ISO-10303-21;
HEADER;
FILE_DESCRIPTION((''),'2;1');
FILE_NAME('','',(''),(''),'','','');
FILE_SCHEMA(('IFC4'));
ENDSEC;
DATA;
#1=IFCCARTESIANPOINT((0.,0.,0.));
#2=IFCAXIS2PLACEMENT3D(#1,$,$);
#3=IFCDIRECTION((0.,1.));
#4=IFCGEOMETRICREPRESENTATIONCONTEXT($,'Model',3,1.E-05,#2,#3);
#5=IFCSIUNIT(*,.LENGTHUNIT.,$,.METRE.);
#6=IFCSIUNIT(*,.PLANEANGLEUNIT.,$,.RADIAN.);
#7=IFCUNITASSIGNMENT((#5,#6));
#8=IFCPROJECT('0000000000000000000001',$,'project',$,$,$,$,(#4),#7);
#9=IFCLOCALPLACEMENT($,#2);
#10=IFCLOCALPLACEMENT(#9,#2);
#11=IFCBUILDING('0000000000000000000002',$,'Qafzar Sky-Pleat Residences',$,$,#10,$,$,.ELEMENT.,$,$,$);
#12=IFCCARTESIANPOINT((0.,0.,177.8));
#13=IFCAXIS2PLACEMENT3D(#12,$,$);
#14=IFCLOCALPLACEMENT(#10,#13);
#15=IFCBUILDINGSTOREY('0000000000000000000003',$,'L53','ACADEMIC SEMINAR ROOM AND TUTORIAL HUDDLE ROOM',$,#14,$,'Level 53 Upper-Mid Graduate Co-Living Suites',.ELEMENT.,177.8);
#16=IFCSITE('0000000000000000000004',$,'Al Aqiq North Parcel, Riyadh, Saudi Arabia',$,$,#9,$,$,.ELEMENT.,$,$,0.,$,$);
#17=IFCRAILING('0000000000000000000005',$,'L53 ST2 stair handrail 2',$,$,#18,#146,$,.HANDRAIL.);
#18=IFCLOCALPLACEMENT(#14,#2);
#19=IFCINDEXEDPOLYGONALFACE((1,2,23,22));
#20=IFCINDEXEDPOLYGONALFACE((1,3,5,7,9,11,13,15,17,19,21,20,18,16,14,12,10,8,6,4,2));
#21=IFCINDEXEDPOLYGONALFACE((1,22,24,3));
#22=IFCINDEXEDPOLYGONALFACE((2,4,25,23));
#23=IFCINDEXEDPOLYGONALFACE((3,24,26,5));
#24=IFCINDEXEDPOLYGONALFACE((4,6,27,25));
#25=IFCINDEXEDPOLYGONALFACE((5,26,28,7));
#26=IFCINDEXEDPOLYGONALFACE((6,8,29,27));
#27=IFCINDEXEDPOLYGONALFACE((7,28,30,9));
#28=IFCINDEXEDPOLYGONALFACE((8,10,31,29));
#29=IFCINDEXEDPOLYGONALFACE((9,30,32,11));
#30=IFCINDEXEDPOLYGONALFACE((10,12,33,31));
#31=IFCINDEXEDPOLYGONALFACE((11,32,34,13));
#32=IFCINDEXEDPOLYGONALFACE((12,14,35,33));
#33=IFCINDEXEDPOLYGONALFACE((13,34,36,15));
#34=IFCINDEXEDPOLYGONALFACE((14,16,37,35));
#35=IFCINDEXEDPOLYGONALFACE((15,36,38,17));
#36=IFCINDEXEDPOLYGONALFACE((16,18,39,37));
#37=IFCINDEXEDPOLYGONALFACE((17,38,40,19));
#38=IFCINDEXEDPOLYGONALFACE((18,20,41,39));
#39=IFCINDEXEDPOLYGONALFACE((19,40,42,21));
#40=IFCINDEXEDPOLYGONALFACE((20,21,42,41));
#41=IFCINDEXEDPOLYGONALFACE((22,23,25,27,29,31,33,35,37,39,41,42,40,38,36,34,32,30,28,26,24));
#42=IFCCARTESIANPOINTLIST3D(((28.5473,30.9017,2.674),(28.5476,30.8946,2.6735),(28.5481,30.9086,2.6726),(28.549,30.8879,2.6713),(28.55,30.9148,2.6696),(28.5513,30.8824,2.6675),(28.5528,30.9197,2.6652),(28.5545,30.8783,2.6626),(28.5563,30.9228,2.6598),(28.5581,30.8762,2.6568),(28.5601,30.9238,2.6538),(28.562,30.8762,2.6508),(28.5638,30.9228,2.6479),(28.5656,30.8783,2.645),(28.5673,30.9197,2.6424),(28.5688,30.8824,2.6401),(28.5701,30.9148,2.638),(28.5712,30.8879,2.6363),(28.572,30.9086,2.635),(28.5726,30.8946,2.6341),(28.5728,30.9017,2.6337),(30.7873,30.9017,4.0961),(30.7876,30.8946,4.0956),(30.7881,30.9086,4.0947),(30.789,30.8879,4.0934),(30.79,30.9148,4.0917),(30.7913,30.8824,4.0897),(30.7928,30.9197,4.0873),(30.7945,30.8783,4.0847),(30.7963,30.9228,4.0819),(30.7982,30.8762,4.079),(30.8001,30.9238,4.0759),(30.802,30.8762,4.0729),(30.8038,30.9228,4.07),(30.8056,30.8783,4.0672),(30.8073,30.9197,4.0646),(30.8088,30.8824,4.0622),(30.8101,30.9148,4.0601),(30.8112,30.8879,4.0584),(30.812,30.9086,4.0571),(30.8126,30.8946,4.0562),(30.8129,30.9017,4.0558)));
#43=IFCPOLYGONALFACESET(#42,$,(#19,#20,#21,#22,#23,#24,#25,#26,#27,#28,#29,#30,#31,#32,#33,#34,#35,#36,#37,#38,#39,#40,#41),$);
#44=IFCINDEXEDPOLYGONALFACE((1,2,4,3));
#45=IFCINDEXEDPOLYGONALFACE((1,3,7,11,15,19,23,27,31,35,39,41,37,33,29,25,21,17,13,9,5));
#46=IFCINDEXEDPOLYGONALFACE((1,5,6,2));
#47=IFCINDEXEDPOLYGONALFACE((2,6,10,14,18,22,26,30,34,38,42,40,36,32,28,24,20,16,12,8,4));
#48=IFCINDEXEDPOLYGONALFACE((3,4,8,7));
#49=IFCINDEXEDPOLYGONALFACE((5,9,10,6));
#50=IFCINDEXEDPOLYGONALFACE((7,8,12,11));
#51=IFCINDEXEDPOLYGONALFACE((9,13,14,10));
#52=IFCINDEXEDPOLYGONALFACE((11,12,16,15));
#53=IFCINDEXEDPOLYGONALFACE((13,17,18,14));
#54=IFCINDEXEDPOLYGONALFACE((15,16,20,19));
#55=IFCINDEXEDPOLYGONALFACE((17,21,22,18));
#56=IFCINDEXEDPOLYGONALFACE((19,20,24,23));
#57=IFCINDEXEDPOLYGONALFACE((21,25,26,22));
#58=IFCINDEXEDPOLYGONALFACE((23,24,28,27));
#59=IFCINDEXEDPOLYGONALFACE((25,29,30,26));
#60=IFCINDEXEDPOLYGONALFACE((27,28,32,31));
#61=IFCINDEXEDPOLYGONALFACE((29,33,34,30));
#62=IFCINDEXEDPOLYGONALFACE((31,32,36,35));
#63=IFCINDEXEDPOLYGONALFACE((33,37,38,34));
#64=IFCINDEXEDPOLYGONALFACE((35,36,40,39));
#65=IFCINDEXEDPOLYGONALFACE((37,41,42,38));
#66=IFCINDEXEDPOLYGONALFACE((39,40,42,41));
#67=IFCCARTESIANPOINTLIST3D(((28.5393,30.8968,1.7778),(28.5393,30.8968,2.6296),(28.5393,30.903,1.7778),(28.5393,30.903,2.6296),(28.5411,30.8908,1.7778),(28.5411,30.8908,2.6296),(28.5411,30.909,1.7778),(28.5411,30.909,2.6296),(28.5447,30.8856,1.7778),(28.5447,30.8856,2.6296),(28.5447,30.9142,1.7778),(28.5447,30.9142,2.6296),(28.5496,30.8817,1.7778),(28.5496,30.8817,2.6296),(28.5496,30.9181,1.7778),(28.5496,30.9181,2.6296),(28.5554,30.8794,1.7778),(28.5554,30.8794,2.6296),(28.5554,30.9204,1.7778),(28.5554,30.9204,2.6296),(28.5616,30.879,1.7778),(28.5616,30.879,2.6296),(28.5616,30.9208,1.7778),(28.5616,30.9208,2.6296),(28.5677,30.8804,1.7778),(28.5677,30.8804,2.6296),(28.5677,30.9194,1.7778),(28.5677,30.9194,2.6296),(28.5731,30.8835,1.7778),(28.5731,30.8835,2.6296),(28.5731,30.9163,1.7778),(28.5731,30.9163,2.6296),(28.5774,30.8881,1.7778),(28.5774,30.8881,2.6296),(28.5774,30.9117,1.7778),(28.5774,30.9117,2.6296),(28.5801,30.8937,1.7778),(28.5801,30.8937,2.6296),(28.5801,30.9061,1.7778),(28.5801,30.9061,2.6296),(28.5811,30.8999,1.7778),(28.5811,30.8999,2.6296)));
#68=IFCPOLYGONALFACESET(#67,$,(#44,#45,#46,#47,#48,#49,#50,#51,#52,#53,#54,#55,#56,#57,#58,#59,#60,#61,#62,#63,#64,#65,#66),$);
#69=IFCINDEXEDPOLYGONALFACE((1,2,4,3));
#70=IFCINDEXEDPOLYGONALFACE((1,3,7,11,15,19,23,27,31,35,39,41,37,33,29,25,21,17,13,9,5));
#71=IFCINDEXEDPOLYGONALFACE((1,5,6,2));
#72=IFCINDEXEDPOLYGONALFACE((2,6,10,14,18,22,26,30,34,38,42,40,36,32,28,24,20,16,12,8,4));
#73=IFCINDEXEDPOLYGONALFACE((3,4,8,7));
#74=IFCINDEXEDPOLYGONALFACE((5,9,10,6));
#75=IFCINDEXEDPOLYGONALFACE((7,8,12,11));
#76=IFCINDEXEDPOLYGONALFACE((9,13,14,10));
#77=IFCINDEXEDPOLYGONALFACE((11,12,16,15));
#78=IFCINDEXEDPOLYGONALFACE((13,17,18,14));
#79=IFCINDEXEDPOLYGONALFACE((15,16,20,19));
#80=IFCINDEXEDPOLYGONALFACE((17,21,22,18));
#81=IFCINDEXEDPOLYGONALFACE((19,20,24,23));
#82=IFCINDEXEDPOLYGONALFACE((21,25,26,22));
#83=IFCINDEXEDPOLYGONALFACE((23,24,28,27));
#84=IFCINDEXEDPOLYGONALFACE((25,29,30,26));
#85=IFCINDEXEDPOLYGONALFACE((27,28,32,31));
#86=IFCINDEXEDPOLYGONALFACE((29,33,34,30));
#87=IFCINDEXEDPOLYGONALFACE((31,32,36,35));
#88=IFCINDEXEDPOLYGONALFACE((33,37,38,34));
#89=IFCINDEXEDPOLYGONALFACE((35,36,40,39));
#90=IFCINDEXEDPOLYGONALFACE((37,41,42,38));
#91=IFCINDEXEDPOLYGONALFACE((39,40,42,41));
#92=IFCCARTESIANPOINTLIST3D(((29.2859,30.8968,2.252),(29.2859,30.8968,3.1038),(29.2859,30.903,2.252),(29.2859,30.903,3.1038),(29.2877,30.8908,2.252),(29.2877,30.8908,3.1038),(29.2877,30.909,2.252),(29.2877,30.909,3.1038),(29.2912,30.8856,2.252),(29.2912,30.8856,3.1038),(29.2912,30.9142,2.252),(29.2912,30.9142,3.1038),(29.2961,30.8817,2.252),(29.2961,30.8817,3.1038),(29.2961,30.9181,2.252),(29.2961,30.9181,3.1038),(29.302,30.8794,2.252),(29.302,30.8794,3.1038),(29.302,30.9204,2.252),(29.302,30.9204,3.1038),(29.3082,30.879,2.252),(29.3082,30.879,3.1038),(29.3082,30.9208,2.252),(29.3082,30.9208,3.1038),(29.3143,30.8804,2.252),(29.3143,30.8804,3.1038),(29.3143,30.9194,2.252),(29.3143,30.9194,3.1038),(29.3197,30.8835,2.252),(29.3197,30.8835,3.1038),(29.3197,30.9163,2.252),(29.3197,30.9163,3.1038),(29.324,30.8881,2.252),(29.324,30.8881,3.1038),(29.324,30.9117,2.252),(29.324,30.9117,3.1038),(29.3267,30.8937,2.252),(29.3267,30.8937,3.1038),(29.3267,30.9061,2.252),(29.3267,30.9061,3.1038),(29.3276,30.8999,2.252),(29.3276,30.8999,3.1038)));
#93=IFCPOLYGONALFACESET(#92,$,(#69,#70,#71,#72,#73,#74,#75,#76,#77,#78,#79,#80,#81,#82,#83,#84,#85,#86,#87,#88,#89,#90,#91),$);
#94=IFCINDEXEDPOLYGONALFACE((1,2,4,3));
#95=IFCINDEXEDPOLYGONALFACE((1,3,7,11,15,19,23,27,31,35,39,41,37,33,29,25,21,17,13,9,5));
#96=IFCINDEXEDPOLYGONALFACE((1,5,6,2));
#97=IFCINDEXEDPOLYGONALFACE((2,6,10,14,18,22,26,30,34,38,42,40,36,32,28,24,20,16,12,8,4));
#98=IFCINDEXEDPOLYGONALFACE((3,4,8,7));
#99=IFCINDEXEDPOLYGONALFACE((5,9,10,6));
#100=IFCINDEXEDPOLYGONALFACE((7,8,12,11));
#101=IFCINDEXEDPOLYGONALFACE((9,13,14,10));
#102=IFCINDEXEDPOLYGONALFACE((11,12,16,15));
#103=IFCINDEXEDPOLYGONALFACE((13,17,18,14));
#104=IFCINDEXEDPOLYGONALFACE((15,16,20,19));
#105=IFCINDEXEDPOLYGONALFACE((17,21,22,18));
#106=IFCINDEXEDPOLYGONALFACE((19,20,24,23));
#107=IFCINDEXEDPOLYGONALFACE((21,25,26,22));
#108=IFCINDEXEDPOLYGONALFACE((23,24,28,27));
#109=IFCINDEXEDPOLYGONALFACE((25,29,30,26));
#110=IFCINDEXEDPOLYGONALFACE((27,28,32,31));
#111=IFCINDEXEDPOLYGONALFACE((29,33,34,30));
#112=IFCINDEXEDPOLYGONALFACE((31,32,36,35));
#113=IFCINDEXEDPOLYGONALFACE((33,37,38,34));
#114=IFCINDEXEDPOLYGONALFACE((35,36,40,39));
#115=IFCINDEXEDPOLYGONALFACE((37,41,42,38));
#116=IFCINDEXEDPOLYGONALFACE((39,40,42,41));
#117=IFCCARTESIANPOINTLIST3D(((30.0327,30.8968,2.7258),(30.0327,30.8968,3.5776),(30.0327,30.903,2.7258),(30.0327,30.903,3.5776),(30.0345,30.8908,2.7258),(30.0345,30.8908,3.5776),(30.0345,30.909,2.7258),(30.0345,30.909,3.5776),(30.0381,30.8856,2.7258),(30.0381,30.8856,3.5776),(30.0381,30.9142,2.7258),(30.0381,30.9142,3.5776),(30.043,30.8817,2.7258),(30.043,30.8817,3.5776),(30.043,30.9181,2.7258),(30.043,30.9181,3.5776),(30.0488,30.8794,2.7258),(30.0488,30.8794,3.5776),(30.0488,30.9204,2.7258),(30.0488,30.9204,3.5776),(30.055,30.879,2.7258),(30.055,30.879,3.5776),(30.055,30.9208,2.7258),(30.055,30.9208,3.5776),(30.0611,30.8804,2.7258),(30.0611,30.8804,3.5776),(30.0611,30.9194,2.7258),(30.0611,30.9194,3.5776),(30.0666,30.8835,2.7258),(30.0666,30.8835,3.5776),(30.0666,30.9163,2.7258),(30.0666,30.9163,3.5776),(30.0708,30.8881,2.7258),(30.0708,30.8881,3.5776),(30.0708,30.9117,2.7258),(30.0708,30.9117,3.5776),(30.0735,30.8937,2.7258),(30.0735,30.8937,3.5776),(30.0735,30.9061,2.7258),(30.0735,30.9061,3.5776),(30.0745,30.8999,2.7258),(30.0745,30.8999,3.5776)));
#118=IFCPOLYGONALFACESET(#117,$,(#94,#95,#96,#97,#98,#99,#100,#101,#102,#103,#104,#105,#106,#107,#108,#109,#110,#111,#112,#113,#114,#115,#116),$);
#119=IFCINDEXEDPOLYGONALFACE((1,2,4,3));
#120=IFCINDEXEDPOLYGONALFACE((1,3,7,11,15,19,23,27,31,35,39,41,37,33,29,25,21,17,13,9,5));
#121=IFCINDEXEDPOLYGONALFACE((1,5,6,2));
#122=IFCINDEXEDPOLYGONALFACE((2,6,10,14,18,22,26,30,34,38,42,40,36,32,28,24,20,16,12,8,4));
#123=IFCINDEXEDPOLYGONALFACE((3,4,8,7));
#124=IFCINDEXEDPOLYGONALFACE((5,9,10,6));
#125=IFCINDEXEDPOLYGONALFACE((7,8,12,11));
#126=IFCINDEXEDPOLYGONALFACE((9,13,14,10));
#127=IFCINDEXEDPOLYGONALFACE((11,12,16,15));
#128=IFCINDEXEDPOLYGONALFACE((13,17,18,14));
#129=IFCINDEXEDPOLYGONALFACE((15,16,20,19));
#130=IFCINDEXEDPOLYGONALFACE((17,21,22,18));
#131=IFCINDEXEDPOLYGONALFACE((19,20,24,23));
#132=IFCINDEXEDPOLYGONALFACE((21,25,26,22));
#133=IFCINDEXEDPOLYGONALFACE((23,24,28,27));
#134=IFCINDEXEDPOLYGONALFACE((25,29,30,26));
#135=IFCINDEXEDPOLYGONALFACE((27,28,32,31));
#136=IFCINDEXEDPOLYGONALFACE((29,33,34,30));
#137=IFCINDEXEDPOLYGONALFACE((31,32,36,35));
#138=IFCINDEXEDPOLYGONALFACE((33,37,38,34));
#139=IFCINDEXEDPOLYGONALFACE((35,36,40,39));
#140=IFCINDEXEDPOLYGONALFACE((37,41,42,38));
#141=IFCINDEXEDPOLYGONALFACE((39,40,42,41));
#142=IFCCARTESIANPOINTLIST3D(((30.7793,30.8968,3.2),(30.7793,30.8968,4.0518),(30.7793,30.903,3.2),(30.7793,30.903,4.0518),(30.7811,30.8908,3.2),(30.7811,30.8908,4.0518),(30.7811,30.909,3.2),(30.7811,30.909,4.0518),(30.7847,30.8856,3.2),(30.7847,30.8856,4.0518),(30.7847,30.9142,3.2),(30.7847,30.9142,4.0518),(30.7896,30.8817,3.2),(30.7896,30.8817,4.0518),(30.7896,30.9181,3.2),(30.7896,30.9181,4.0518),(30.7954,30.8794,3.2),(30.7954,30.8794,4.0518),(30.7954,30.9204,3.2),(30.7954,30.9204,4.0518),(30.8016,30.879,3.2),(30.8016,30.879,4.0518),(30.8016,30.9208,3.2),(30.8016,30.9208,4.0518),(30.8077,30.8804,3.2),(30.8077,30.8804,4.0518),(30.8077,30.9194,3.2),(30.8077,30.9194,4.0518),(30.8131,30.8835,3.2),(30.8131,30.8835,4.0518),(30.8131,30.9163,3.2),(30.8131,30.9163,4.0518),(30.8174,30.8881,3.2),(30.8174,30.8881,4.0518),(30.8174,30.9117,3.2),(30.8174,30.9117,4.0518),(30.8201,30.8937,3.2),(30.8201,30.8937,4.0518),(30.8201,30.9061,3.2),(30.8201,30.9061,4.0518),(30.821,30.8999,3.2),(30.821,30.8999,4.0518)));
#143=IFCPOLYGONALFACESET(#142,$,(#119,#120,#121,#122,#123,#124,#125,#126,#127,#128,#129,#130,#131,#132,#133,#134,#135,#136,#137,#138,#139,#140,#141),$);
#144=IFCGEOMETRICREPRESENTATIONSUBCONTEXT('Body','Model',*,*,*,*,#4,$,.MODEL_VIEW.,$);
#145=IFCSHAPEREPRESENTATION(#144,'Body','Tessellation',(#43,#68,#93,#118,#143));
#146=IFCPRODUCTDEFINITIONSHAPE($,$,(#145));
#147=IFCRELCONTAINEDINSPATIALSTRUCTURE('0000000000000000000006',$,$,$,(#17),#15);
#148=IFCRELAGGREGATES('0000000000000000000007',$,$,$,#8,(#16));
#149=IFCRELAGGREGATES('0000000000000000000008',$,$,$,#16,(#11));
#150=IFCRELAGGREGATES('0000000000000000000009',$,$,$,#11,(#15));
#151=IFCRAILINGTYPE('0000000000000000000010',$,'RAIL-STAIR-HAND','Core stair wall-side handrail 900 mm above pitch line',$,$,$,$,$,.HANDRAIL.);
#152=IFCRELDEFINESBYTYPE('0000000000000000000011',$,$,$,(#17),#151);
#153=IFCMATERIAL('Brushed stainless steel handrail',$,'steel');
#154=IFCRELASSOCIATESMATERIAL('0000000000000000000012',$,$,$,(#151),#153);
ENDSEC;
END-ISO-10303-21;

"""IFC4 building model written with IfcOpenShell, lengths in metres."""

from ifc_helpers import new_model, si_unit, direction, frame, origin, origin_2d, place, context, subcontext, project, spatial, circle, extrude, source, transform, mapped, material, type_object, element, save


model = new_model("IFC4")

# Units and contexts
model_context = context("Model", 3, precision=1e-05, world=origin(), true_north=direction((0.0, 1.0)))
body_context = subcontext(model_context, "Body", "Model", "MODEL_VIEW")
ifc_project = project(units=[si_unit("LENGTHUNIT", "METRE"), si_unit("PLANEANGLEUNIT", "RADIAN")], contexts=[model_context])

# Site, building, storey
site_placement = place(None, origin())
site = spatial("IfcSite", under=ifc_project, at=site_placement, Name="Al Aqiq North Parcel, Riyadh, Saudi Arabia", CompositionType="ELEMENT", RefElevation=0.0)
building_placement = place(site_placement, origin())
building = spatial("IfcBuilding", under=site, at=building_placement, Name="Qafzar Sky-Pleat Residences", CompositionType="ELEMENT")
storey_placement = place(building_placement, frame((0.0, 0.0, 177.8)))
storey = spatial("IfcBuildingStorey", under=building, at=storey_placement, Name="L53", Description="ACADEMIC SEMINAR ROOM AND TUTORIAL HUDDLE ROOM", LongName="Level 53 Upper-Mid Graduate Co-Living Suites", CompositionType="ELEMENT", Elevation=177.8)

# Railing
ifc_material_1 = material(Name="Brushed stainless steel handrail", Category="steel")
railing_type_1 = type_object("IfcRailingType", Name="RAIL-STAIR-HAND", Description="Core stair wall-side handrail 900 mm above pitch line", PredefinedType="HANDRAIL", material=ifc_material_1)
shared_shape_1 = source(origin(), body_context, "Body", "SweptSolid", [
    extrude(circle(Radius=0.0239, at=origin_2d()), frame((0.0, 0.0, 0.876), z_axis=(0.844229, 0.0, 0.535982), x_axis=(0.0, 1.0, 0.0)), (0.0, 0.0, 1.0), 2.6533),
    extrude(circle(Radius=0.021, at=origin_2d()), origin(), (0.0, 0.0, 1.0), 0.8518),
    extrude(circle(Radius=0.021, at=origin_2d()), frame((0.7466, 0.0, 0.4741)), (0.0, 0.0, 1.0), 0.8518),
    extrude(circle(Radius=0.021, at=origin_2d()), frame((1.4934, 0.0, 0.948)), (0.0, 0.0, 1.0), 0.8518),
    extrude(circle(Radius=0.021, at=origin_2d()), frame((2.24, 0.0, 1.4221)), (0.0, 0.0, 1.0), 0.8518),
])
railing_1_placement = place(storey_placement, frame((28.5601, 30.8999, 1.7778)))
element("IfcRailing", 1, at=railing_1_placement, inside=storey, type_object=railing_type_1, Name="L53 ST2 stair handrail 2", PredefinedType="HANDRAIL", context=body_context, shape_type="MappedRepresentation", body=[
    mapped(shared_shape_1, transform((0.0, 0.0, 0.0), x_axis=(1.0, 0.0, 0.0), y_axis=(0.0, 1.0, 0.0), z_axis=(0.0, 0.0, 1.0), scale=1.0)),
])

save(model, "model.ifc")
